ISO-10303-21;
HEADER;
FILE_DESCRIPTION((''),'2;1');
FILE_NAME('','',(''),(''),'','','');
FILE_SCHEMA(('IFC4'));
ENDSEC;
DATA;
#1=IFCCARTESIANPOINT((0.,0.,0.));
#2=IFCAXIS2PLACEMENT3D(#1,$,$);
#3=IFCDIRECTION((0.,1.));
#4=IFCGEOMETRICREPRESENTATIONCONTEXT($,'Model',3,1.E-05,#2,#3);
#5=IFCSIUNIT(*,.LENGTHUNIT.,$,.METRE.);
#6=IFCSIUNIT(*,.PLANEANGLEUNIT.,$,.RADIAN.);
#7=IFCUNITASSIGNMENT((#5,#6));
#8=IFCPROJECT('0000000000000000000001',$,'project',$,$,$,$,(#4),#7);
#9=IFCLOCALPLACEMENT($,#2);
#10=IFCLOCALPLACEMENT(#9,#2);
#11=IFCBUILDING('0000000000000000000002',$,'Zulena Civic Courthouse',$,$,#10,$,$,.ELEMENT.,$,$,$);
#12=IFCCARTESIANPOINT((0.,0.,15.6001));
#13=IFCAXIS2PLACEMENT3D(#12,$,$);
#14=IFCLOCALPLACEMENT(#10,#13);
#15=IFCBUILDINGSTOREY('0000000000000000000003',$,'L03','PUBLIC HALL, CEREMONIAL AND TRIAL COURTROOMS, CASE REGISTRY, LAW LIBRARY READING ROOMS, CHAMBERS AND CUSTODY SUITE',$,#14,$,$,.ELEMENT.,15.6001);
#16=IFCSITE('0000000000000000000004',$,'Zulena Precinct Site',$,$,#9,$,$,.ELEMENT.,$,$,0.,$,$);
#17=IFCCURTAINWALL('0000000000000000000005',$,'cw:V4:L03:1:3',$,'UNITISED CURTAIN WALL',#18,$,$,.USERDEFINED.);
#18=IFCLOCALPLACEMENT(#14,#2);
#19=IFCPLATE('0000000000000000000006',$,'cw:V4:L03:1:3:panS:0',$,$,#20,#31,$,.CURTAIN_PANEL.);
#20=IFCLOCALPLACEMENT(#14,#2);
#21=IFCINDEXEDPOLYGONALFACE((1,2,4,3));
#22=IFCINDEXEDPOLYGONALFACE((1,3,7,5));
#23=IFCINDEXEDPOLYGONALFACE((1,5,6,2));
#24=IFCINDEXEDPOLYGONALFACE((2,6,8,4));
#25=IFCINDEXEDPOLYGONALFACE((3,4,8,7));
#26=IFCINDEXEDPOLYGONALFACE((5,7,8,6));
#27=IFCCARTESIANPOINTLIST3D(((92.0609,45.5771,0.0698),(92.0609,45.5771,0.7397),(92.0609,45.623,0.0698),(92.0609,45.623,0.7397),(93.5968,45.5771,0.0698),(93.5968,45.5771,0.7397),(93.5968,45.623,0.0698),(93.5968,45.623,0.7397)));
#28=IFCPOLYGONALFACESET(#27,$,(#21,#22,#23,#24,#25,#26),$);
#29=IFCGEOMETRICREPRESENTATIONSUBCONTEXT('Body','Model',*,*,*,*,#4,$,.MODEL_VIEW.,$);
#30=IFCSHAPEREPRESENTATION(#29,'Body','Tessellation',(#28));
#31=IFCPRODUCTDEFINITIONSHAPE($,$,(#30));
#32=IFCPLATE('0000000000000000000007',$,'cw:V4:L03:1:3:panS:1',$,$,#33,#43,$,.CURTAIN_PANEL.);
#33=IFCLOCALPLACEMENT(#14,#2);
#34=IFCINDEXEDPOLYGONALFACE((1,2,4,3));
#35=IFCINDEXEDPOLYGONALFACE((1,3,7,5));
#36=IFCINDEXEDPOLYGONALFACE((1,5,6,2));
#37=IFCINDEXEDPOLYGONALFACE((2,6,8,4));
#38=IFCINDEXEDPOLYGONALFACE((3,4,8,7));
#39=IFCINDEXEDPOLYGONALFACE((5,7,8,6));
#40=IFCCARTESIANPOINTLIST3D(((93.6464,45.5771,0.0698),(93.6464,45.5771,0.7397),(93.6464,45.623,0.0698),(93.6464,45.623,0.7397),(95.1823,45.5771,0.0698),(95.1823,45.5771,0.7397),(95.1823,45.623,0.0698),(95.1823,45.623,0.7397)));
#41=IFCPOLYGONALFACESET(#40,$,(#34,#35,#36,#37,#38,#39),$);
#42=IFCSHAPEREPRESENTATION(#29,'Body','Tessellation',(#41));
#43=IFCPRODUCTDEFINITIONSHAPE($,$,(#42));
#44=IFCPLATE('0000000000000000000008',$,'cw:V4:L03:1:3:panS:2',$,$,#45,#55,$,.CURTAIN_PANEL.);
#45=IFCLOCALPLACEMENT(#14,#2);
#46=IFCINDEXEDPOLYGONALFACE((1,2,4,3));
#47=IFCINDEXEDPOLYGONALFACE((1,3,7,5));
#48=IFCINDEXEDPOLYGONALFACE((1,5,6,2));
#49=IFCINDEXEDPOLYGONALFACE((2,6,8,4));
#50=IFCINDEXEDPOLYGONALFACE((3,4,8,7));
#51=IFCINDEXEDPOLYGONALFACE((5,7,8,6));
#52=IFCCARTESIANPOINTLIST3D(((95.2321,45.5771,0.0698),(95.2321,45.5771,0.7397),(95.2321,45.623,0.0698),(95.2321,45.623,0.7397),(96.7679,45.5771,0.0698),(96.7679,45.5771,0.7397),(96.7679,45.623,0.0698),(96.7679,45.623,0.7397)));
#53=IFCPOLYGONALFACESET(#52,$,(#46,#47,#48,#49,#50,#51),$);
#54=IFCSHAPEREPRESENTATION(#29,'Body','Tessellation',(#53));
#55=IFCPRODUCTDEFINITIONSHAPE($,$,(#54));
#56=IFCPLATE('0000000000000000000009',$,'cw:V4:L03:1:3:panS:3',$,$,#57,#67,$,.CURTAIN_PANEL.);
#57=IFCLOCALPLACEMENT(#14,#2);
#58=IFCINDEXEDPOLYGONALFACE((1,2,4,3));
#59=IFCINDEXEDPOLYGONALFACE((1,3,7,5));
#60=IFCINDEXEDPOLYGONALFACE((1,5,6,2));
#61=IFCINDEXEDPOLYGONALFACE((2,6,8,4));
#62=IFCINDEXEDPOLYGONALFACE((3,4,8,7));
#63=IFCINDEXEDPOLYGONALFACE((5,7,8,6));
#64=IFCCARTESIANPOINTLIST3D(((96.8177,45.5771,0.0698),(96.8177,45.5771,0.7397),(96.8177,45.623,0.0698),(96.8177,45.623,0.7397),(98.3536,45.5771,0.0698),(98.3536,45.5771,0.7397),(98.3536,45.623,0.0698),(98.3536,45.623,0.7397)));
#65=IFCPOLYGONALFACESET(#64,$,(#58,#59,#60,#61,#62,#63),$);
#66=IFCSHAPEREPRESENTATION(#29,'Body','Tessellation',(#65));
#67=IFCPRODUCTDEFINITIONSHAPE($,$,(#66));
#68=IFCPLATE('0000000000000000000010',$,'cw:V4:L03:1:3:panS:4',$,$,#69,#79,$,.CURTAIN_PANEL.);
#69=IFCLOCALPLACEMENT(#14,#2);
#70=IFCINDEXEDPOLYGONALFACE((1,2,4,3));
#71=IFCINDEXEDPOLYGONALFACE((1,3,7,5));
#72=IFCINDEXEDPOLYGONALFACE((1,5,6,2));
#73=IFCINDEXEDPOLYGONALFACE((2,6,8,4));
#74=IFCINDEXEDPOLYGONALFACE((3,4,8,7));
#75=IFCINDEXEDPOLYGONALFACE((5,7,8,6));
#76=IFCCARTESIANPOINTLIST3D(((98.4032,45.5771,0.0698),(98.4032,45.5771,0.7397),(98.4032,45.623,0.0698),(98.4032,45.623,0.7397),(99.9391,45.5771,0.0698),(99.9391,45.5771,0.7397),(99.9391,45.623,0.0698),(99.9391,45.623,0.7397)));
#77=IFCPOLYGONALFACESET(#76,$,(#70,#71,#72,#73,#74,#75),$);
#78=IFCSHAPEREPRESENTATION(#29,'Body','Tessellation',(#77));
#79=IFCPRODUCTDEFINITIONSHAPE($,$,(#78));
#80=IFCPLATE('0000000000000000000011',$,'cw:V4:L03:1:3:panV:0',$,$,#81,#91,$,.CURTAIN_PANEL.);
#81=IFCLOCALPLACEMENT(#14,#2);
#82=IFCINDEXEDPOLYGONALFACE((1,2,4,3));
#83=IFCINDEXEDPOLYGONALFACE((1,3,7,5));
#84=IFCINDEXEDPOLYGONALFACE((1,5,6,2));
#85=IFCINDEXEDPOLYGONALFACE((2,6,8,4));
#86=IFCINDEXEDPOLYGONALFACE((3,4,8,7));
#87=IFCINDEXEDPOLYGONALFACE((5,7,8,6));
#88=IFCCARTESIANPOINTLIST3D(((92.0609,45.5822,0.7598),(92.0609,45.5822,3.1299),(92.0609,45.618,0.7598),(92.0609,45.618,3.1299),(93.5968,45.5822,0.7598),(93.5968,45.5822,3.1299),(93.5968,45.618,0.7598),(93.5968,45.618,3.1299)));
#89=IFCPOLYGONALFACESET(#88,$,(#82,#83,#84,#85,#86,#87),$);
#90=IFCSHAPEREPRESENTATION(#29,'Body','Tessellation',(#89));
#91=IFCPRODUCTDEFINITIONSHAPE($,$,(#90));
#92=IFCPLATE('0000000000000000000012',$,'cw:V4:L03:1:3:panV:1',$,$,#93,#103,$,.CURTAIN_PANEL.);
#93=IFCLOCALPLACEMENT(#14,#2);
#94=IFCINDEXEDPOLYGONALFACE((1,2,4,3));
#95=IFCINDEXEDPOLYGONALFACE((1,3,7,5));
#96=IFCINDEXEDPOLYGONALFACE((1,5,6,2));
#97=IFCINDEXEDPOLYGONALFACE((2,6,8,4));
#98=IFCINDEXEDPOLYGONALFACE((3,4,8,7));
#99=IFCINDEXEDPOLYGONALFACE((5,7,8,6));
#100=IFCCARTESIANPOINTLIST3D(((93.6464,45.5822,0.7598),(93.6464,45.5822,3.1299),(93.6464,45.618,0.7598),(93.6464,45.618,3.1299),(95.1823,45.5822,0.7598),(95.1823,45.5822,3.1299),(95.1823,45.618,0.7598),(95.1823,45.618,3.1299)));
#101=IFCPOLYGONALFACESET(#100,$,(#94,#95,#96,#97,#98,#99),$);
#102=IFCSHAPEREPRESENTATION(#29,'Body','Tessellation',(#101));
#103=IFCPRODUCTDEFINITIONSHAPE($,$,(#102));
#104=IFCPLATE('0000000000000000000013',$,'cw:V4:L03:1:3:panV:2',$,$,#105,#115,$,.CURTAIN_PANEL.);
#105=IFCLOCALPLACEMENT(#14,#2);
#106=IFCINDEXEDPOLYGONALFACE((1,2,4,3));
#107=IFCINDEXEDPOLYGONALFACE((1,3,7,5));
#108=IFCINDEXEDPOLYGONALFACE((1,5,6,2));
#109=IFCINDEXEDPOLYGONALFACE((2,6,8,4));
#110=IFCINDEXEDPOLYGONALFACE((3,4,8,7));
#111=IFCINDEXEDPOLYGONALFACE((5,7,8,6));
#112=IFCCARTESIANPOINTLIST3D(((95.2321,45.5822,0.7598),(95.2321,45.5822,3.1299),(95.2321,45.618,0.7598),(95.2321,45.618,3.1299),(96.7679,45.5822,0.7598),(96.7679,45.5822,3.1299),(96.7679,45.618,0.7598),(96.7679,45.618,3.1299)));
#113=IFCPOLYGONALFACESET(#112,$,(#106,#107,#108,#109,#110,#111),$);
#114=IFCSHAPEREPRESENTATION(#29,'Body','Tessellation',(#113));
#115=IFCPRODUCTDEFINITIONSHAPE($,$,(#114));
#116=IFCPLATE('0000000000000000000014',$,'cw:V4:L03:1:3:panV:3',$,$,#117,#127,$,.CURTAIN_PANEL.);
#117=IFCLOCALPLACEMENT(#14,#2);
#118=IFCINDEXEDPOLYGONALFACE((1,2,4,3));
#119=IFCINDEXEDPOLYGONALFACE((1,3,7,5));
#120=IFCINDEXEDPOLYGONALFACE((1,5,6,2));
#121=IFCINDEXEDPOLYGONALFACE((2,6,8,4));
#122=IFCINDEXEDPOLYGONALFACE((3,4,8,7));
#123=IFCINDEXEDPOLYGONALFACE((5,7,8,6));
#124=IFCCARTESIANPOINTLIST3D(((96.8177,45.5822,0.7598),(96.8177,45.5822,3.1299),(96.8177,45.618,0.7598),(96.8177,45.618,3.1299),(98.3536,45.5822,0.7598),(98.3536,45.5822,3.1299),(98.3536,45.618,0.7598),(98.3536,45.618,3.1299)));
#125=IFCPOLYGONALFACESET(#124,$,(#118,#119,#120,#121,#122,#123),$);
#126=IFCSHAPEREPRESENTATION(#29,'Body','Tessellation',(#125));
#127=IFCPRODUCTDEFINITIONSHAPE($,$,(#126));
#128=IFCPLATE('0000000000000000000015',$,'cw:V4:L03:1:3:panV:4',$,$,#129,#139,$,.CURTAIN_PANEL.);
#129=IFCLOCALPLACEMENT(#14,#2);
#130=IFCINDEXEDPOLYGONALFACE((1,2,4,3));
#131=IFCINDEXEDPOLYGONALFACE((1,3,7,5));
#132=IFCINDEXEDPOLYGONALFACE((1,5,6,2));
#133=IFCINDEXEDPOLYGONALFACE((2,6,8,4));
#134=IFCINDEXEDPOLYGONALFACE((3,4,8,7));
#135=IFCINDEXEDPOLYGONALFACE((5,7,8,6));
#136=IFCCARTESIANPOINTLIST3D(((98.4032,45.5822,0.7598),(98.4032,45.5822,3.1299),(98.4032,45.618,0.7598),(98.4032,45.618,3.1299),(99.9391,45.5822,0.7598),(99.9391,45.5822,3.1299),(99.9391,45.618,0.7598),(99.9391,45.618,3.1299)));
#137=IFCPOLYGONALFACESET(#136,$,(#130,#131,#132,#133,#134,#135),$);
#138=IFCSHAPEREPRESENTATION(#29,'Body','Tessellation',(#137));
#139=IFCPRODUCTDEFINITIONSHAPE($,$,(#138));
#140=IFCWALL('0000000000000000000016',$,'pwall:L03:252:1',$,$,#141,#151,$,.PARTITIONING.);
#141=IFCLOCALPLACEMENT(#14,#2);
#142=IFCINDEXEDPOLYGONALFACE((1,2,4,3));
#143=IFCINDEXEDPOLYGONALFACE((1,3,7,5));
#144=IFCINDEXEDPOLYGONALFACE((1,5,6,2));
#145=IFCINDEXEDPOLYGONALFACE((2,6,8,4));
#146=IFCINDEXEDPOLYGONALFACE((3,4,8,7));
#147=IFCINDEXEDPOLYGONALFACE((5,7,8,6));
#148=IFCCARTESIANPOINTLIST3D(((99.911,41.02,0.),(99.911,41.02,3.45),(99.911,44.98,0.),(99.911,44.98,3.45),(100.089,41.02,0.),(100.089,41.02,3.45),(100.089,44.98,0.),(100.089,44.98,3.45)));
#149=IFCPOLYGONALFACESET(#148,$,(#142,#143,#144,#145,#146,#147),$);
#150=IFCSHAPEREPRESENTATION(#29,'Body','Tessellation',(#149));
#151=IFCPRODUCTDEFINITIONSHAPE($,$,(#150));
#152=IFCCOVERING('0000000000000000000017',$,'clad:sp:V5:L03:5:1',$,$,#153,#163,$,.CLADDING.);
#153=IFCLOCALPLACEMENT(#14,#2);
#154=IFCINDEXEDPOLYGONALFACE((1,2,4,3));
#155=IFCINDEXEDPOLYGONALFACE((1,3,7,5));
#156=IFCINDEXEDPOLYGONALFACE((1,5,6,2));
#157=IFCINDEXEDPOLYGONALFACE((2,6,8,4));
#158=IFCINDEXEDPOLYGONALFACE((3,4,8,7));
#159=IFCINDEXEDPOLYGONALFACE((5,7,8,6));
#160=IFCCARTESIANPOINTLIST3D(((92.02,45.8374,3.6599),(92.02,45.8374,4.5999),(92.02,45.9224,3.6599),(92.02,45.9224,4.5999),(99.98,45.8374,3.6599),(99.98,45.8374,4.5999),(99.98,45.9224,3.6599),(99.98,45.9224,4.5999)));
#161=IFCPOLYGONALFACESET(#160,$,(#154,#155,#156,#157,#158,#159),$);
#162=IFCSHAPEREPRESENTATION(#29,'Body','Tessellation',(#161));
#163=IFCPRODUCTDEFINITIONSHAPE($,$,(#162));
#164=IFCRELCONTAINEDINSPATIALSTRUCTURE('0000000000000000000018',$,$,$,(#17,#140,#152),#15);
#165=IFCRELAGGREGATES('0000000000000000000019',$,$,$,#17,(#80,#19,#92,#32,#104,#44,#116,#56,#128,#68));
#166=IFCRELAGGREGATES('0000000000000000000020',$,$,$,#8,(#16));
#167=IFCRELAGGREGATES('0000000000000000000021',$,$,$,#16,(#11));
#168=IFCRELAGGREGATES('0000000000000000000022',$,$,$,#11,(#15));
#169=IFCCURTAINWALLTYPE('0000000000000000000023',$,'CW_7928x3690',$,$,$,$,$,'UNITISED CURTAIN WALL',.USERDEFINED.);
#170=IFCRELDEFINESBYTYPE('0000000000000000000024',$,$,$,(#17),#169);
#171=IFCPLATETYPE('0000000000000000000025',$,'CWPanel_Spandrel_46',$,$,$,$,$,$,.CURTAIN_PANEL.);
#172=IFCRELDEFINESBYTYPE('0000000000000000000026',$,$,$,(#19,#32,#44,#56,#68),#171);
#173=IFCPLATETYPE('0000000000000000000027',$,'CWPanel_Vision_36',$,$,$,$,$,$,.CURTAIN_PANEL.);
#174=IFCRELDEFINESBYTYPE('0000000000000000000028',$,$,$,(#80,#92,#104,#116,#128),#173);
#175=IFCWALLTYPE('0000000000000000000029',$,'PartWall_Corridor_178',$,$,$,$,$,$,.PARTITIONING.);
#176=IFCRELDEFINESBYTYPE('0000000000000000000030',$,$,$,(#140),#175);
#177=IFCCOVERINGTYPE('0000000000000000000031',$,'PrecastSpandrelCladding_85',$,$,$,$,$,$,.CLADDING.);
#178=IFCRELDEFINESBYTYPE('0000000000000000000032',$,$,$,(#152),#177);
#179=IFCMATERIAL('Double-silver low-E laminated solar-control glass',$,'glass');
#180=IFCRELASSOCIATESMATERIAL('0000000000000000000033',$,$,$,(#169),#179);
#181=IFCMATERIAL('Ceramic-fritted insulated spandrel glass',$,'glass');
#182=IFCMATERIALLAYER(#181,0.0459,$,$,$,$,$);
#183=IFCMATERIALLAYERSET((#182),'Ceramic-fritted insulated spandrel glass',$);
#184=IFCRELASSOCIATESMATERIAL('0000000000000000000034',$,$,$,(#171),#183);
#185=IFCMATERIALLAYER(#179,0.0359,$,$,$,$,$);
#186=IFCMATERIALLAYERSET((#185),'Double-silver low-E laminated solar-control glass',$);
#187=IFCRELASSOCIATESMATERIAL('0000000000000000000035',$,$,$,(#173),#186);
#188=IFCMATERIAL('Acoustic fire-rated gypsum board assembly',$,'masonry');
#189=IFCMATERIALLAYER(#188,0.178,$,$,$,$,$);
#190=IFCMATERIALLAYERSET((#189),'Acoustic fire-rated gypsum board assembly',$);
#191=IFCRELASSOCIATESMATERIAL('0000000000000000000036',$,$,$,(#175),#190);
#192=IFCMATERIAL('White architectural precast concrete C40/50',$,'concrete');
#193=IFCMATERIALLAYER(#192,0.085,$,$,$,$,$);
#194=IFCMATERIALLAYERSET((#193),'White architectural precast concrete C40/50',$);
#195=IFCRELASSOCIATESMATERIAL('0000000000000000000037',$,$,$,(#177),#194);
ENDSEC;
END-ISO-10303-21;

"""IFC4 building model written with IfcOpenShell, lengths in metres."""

from ifc_helpers import new_model, si_unit, direction, frame, frame_2d, origin, origin_2d, place, context, subcontext, project, spatial, rectangle, extrude, material, layer, layer_set, type_object, element, aggregate, save


model = new_model("IFC4")

# Units and contexts
model_context = context("Model", 3, precision=1e-05, world=origin(), true_north=direction((0.0, 1.0)))
body_context = subcontext(model_context, "Body", "Model", "MODEL_VIEW")
ifc_project = project(units=[si_unit("LENGTHUNIT", "METRE"), si_unit("PLANEANGLEUNIT", "RADIAN")], contexts=[model_context])

# Site, building, storey
site_placement = place(None, origin())
site = spatial("IfcSite", under=ifc_project, at=site_placement, Name="Zulena Precinct Site", CompositionType="ELEMENT", RefElevation=0.0)
building_placement = place(site_placement, origin())
building = spatial("IfcBuilding", under=site, at=building_placement, Name="Zulena Civic Courthouse", CompositionType="ELEMENT")
storey_placement = place(building_placement, frame((0.0, 0.0, 15.6001)))
storey = spatial("IfcBuildingStorey", under=building, at=storey_placement, Name="L03", Description="PUBLIC HALL, CEREMONIAL AND TRIAL COURTROOMS, CASE REGISTRY, LAW LIBRARY READING ROOMS, CHAMBERS AND CUSTODY SUITE", CompositionType="ELEMENT", Elevation=15.6001)

# Curtain wall
ifc_material_1 = material(Name="Double-silver low-E laminated solar-control glass", Category="glass")
curtain_wall_type = type_object("IfcCurtainWallType", Name="CW_7928x3690", ElementType="UNITISED CURTAIN WALL", PredefinedType="USERDEFINED", material=ifc_material_1)
curtain_wall_1_placement = place(storey_placement, origin())
curtain_wall_1 = element("IfcCurtainWall", 1, at=curtain_wall_1_placement, inside=storey, type_object=curtain_wall_type, Name="cw:V4:L03:1:3", ObjectType="UNITISED CURTAIN WALL", PredefinedType="USERDEFINED")

# Plates
ifc_material_2 = material(Name="Ceramic-fritted insulated spandrel glass", Category="glass")
ifc_layer_1 = layer(ifc_material_2, 0.0459)
ifc_layer_set_1 = layer_set([ifc_layer_1], Name="Ceramic-fritted insulated spandrel glass")
plate_type_1 = type_object("IfcPlateType", Name="CWPanel_Spandrel_46", PredefinedType="CURTAIN_PANEL", material=ifc_layer_set_1)
plate_1_placement = place(storey_placement, frame((92.8289, 45.6001, 0.0698), z_axis=(0.0, 0.0, 1.0), x_axis=(1.0, 0.0, 0.0)))
plate_1 = element("IfcPlate", 2, at=plate_1_placement, type_object=plate_type_1, Name="cw:V4:L03:1:3:panS:0", PredefinedType="CURTAIN_PANEL", context=body_context, shape_type="SweptSolid", body=[
    extrude(rectangle(XDim=1.5359, YDim=0.0459, at=origin_2d()), origin(), (0.0, 0.0, 1.0), 0.6699),
])
plate_2_placement = place(storey_placement, frame((94.4143, 45.6001, 0.0698), z_axis=(0.0, 0.0, 1.0), x_axis=(1.0, 0.0, 0.0)))
plate_2 = element("IfcPlate", 3, at=plate_2_placement, type_object=plate_type_1, Name="cw:V4:L03:1:3:panS:1", PredefinedType="CURTAIN_PANEL", context=body_context, shape_type="SweptSolid", body=[
    extrude(rectangle(XDim=1.5359, YDim=0.0459, at=origin_2d()), origin(), (0.0, 0.0, 1.0), 0.6699),
])
plate_3_placement = place(storey_placement, frame((96.0, 45.6001, 0.0698), z_axis=(0.0, 0.0, 1.0), x_axis=(1.0, 0.0, 0.0)))
plate_3 = element("IfcPlate", 4, at=plate_3_placement, type_object=plate_type_1, Name="cw:V4:L03:1:3:panS:2", PredefinedType="CURTAIN_PANEL", context=body_context, shape_type="SweptSolid", body=[
    extrude(rectangle(XDim=1.5359, YDim=0.0459, at=origin_2d()), origin(), (0.0, 0.0, 1.0), 0.6699),
])
plate_4_placement = place(storey_placement, frame((97.5857, 45.6001, 0.0698), z_axis=(0.0, 0.0, 1.0), x_axis=(1.0, 0.0, 0.0)))
plate_4 = element("IfcPlate", 5, at=plate_4_placement, type_object=plate_type_1, Name="cw:V4:L03:1:3:panS:3", PredefinedType="CURTAIN_PANEL", context=body_context, shape_type="SweptSolid", body=[
    extrude(rectangle(XDim=1.5359, YDim=0.0459, at=origin_2d()), origin(), (0.0, 0.0, 1.0), 0.6699),
])
plate_5_placement = place(storey_placement, frame((99.1711, 45.6001, 0.0698), z_axis=(0.0, 0.0, 1.0), x_axis=(1.0, 0.0, 0.0)))
plate_5 = element("IfcPlate", 6, at=plate_5_placement, type_object=plate_type_1, Name="cw:V4:L03:1:3:panS:4", PredefinedType="CURTAIN_PANEL", context=body_context, shape_type="SweptSolid", body=[
    extrude(rectangle(XDim=1.5359, YDim=0.0459, at=origin_2d()), origin(), (0.0, 0.0, 1.0), 0.6699),
])
ifc_layer_2 = layer(ifc_material_1, 0.0359)
ifc_layer_set_2 = layer_set([ifc_layer_2], Name="Double-silver low-E laminated solar-control glass")
plate_type_2 = type_object("IfcPlateType", Name="CWPanel_Vision_36", PredefinedType="CURTAIN_PANEL", material=ifc_layer_set_2)
plate_6_placement = place(storey_placement, frame((92.8289, 45.6001, 0.7598), z_axis=(0.0, 0.0, 1.0), x_axis=(1.0, 0.0, 0.0)))
plate_6 = element("IfcPlate", 7, at=plate_6_placement, type_object=plate_type_2, Name="cw:V4:L03:1:3:panV:0", PredefinedType="CURTAIN_PANEL", context=body_context, shape_type="SweptSolid", body=[
    extrude(rectangle(XDim=1.5359, YDim=0.0359, at=origin_2d()), origin(), (0.0, 0.0, 1.0), 2.3701),
])
plate_7_placement = place(storey_placement, frame((94.4143, 45.6001, 0.7598), z_axis=(0.0, 0.0, 1.0), x_axis=(1.0, 0.0, 0.0)))
plate_7 = element("IfcPlate", 8, at=plate_7_placement, type_object=plate_type_2, Name="cw:V4:L03:1:3:panV:1", PredefinedType="CURTAIN_PANEL", context=body_context, shape_type="SweptSolid", body=[
    extrude(rectangle(XDim=1.5359, YDim=0.0359, at=origin_2d()), origin(), (0.0, 0.0, 1.0), 2.3701),
])
plate_8_placement = place(storey_placement, frame((96.0, 45.6001, 0.7598), z_axis=(0.0, 0.0, 1.0), x_axis=(1.0, 0.0, 0.0)))
plate_8 = element("IfcPlate", 9, at=plate_8_placement, type_object=plate_type_2, Name="cw:V4:L03:1:3:panV:2", PredefinedType="CURTAIN_PANEL", context=body_context, shape_type="SweptSolid", body=[
    extrude(rectangle(XDim=1.5359, YDim=0.0359, at=origin_2d()), origin(), (0.0, 0.0, 1.0), 2.3701),
])
plate_9_placement = place(storey_placement, frame((97.5857, 45.6001, 0.7598), z_axis=(0.0, 0.0, 1.0), x_axis=(1.0, 0.0, 0.0)))
plate_9 = element("IfcPlate", 10, at=plate_9_placement, type_object=plate_type_2, Name="cw:V4:L03:1:3:panV:3", PredefinedType="CURTAIN_PANEL", context=body_context, shape_type="SweptSolid", body=[
    extrude(rectangle(XDim=1.5359, YDim=0.0359, at=origin_2d()), origin(), (0.0, 0.0, 1.0), 2.3701),
])
plate_10_placement = place(storey_placement, frame((99.1711, 45.6001, 0.7598), z_axis=(0.0, 0.0, 1.0), x_axis=(1.0, 0.0, 0.0)))
plate_10 = element("IfcPlate", 11, at=plate_10_placement, type_object=plate_type_2, Name="cw:V4:L03:1:3:panV:4", PredefinedType="CURTAIN_PANEL", context=body_context, shape_type="SweptSolid", body=[
    extrude(rectangle(XDim=1.5359, YDim=0.0359, at=origin_2d()), origin(), (0.0, 0.0, 1.0), 2.3701),
])
aggregate(curtain_wall_1, [plate_6, plate_1, plate_7, plate_2, plate_8, plate_3, plate_9, plate_4, plate_10, plate_5])

# Wall
ifc_material_3 = material(Name="Acoustic fire-rated gypsum board assembly", Category="masonry")
ifc_layer_3 = layer(ifc_material_3, 0.178)
ifc_layer_set_3 = layer_set([ifc_layer_3], Name="Acoustic fire-rated gypsum board assembly")
wall_type = type_object("IfcWallType", Name="PartWall_Corridor_178", PredefinedType="PARTITIONING", material=ifc_layer_set_3)
wall_placement = place(storey_placement, frame((100.0, 41.02, 0.0), z_axis=(0.0, 0.0, 1.0), x_axis=(0.0, 1.0, 0.0)))
element("IfcWall", 12, at=wall_placement, inside=storey, type_object=wall_type, Name="pwall:L03:252:1", PredefinedType="PARTITIONING", context=body_context, shape_type="SweptSolid", body=[
    extrude(rectangle(XDim=3.96, YDim=0.178, at=frame_2d((1.98, 0.0))), origin(), (0.0, 0.0, 1.0), 3.45),
])

# Covering
ifc_material_4 = material(Name="White architectural precast concrete C40/50", Category="concrete")
ifc_layer_4 = layer(ifc_material_4, 0.085)
ifc_layer_set_4 = layer_set([ifc_layer_4], Name="White architectural precast concrete C40/50")
covering_type = type_object("IfcCoveringType", Name="PrecastSpandrelCladding_85", PredefinedType="CLADDING", material=ifc_layer_set_4)
covering_placement = place(storey_placement, frame((96.0, 45.8799, 3.6599), z_axis=(0.0, 0.0, 1.0), x_axis=(-1.0, 0.0, 0.0)))
element("IfcCovering", 13, at=covering_placement, inside=storey, type_object=covering_type, Name="clad:sp:V5:L03:5:1", PredefinedType="CLADDING", context=body_context, shape_type="SweptSolid", body=[
    extrude(rectangle(XDim=7.96, YDim=0.085, at=origin_2d()), origin(), (0.0, 0.0, 1.0), 0.9399),
])

save(model, "model.ifc")
